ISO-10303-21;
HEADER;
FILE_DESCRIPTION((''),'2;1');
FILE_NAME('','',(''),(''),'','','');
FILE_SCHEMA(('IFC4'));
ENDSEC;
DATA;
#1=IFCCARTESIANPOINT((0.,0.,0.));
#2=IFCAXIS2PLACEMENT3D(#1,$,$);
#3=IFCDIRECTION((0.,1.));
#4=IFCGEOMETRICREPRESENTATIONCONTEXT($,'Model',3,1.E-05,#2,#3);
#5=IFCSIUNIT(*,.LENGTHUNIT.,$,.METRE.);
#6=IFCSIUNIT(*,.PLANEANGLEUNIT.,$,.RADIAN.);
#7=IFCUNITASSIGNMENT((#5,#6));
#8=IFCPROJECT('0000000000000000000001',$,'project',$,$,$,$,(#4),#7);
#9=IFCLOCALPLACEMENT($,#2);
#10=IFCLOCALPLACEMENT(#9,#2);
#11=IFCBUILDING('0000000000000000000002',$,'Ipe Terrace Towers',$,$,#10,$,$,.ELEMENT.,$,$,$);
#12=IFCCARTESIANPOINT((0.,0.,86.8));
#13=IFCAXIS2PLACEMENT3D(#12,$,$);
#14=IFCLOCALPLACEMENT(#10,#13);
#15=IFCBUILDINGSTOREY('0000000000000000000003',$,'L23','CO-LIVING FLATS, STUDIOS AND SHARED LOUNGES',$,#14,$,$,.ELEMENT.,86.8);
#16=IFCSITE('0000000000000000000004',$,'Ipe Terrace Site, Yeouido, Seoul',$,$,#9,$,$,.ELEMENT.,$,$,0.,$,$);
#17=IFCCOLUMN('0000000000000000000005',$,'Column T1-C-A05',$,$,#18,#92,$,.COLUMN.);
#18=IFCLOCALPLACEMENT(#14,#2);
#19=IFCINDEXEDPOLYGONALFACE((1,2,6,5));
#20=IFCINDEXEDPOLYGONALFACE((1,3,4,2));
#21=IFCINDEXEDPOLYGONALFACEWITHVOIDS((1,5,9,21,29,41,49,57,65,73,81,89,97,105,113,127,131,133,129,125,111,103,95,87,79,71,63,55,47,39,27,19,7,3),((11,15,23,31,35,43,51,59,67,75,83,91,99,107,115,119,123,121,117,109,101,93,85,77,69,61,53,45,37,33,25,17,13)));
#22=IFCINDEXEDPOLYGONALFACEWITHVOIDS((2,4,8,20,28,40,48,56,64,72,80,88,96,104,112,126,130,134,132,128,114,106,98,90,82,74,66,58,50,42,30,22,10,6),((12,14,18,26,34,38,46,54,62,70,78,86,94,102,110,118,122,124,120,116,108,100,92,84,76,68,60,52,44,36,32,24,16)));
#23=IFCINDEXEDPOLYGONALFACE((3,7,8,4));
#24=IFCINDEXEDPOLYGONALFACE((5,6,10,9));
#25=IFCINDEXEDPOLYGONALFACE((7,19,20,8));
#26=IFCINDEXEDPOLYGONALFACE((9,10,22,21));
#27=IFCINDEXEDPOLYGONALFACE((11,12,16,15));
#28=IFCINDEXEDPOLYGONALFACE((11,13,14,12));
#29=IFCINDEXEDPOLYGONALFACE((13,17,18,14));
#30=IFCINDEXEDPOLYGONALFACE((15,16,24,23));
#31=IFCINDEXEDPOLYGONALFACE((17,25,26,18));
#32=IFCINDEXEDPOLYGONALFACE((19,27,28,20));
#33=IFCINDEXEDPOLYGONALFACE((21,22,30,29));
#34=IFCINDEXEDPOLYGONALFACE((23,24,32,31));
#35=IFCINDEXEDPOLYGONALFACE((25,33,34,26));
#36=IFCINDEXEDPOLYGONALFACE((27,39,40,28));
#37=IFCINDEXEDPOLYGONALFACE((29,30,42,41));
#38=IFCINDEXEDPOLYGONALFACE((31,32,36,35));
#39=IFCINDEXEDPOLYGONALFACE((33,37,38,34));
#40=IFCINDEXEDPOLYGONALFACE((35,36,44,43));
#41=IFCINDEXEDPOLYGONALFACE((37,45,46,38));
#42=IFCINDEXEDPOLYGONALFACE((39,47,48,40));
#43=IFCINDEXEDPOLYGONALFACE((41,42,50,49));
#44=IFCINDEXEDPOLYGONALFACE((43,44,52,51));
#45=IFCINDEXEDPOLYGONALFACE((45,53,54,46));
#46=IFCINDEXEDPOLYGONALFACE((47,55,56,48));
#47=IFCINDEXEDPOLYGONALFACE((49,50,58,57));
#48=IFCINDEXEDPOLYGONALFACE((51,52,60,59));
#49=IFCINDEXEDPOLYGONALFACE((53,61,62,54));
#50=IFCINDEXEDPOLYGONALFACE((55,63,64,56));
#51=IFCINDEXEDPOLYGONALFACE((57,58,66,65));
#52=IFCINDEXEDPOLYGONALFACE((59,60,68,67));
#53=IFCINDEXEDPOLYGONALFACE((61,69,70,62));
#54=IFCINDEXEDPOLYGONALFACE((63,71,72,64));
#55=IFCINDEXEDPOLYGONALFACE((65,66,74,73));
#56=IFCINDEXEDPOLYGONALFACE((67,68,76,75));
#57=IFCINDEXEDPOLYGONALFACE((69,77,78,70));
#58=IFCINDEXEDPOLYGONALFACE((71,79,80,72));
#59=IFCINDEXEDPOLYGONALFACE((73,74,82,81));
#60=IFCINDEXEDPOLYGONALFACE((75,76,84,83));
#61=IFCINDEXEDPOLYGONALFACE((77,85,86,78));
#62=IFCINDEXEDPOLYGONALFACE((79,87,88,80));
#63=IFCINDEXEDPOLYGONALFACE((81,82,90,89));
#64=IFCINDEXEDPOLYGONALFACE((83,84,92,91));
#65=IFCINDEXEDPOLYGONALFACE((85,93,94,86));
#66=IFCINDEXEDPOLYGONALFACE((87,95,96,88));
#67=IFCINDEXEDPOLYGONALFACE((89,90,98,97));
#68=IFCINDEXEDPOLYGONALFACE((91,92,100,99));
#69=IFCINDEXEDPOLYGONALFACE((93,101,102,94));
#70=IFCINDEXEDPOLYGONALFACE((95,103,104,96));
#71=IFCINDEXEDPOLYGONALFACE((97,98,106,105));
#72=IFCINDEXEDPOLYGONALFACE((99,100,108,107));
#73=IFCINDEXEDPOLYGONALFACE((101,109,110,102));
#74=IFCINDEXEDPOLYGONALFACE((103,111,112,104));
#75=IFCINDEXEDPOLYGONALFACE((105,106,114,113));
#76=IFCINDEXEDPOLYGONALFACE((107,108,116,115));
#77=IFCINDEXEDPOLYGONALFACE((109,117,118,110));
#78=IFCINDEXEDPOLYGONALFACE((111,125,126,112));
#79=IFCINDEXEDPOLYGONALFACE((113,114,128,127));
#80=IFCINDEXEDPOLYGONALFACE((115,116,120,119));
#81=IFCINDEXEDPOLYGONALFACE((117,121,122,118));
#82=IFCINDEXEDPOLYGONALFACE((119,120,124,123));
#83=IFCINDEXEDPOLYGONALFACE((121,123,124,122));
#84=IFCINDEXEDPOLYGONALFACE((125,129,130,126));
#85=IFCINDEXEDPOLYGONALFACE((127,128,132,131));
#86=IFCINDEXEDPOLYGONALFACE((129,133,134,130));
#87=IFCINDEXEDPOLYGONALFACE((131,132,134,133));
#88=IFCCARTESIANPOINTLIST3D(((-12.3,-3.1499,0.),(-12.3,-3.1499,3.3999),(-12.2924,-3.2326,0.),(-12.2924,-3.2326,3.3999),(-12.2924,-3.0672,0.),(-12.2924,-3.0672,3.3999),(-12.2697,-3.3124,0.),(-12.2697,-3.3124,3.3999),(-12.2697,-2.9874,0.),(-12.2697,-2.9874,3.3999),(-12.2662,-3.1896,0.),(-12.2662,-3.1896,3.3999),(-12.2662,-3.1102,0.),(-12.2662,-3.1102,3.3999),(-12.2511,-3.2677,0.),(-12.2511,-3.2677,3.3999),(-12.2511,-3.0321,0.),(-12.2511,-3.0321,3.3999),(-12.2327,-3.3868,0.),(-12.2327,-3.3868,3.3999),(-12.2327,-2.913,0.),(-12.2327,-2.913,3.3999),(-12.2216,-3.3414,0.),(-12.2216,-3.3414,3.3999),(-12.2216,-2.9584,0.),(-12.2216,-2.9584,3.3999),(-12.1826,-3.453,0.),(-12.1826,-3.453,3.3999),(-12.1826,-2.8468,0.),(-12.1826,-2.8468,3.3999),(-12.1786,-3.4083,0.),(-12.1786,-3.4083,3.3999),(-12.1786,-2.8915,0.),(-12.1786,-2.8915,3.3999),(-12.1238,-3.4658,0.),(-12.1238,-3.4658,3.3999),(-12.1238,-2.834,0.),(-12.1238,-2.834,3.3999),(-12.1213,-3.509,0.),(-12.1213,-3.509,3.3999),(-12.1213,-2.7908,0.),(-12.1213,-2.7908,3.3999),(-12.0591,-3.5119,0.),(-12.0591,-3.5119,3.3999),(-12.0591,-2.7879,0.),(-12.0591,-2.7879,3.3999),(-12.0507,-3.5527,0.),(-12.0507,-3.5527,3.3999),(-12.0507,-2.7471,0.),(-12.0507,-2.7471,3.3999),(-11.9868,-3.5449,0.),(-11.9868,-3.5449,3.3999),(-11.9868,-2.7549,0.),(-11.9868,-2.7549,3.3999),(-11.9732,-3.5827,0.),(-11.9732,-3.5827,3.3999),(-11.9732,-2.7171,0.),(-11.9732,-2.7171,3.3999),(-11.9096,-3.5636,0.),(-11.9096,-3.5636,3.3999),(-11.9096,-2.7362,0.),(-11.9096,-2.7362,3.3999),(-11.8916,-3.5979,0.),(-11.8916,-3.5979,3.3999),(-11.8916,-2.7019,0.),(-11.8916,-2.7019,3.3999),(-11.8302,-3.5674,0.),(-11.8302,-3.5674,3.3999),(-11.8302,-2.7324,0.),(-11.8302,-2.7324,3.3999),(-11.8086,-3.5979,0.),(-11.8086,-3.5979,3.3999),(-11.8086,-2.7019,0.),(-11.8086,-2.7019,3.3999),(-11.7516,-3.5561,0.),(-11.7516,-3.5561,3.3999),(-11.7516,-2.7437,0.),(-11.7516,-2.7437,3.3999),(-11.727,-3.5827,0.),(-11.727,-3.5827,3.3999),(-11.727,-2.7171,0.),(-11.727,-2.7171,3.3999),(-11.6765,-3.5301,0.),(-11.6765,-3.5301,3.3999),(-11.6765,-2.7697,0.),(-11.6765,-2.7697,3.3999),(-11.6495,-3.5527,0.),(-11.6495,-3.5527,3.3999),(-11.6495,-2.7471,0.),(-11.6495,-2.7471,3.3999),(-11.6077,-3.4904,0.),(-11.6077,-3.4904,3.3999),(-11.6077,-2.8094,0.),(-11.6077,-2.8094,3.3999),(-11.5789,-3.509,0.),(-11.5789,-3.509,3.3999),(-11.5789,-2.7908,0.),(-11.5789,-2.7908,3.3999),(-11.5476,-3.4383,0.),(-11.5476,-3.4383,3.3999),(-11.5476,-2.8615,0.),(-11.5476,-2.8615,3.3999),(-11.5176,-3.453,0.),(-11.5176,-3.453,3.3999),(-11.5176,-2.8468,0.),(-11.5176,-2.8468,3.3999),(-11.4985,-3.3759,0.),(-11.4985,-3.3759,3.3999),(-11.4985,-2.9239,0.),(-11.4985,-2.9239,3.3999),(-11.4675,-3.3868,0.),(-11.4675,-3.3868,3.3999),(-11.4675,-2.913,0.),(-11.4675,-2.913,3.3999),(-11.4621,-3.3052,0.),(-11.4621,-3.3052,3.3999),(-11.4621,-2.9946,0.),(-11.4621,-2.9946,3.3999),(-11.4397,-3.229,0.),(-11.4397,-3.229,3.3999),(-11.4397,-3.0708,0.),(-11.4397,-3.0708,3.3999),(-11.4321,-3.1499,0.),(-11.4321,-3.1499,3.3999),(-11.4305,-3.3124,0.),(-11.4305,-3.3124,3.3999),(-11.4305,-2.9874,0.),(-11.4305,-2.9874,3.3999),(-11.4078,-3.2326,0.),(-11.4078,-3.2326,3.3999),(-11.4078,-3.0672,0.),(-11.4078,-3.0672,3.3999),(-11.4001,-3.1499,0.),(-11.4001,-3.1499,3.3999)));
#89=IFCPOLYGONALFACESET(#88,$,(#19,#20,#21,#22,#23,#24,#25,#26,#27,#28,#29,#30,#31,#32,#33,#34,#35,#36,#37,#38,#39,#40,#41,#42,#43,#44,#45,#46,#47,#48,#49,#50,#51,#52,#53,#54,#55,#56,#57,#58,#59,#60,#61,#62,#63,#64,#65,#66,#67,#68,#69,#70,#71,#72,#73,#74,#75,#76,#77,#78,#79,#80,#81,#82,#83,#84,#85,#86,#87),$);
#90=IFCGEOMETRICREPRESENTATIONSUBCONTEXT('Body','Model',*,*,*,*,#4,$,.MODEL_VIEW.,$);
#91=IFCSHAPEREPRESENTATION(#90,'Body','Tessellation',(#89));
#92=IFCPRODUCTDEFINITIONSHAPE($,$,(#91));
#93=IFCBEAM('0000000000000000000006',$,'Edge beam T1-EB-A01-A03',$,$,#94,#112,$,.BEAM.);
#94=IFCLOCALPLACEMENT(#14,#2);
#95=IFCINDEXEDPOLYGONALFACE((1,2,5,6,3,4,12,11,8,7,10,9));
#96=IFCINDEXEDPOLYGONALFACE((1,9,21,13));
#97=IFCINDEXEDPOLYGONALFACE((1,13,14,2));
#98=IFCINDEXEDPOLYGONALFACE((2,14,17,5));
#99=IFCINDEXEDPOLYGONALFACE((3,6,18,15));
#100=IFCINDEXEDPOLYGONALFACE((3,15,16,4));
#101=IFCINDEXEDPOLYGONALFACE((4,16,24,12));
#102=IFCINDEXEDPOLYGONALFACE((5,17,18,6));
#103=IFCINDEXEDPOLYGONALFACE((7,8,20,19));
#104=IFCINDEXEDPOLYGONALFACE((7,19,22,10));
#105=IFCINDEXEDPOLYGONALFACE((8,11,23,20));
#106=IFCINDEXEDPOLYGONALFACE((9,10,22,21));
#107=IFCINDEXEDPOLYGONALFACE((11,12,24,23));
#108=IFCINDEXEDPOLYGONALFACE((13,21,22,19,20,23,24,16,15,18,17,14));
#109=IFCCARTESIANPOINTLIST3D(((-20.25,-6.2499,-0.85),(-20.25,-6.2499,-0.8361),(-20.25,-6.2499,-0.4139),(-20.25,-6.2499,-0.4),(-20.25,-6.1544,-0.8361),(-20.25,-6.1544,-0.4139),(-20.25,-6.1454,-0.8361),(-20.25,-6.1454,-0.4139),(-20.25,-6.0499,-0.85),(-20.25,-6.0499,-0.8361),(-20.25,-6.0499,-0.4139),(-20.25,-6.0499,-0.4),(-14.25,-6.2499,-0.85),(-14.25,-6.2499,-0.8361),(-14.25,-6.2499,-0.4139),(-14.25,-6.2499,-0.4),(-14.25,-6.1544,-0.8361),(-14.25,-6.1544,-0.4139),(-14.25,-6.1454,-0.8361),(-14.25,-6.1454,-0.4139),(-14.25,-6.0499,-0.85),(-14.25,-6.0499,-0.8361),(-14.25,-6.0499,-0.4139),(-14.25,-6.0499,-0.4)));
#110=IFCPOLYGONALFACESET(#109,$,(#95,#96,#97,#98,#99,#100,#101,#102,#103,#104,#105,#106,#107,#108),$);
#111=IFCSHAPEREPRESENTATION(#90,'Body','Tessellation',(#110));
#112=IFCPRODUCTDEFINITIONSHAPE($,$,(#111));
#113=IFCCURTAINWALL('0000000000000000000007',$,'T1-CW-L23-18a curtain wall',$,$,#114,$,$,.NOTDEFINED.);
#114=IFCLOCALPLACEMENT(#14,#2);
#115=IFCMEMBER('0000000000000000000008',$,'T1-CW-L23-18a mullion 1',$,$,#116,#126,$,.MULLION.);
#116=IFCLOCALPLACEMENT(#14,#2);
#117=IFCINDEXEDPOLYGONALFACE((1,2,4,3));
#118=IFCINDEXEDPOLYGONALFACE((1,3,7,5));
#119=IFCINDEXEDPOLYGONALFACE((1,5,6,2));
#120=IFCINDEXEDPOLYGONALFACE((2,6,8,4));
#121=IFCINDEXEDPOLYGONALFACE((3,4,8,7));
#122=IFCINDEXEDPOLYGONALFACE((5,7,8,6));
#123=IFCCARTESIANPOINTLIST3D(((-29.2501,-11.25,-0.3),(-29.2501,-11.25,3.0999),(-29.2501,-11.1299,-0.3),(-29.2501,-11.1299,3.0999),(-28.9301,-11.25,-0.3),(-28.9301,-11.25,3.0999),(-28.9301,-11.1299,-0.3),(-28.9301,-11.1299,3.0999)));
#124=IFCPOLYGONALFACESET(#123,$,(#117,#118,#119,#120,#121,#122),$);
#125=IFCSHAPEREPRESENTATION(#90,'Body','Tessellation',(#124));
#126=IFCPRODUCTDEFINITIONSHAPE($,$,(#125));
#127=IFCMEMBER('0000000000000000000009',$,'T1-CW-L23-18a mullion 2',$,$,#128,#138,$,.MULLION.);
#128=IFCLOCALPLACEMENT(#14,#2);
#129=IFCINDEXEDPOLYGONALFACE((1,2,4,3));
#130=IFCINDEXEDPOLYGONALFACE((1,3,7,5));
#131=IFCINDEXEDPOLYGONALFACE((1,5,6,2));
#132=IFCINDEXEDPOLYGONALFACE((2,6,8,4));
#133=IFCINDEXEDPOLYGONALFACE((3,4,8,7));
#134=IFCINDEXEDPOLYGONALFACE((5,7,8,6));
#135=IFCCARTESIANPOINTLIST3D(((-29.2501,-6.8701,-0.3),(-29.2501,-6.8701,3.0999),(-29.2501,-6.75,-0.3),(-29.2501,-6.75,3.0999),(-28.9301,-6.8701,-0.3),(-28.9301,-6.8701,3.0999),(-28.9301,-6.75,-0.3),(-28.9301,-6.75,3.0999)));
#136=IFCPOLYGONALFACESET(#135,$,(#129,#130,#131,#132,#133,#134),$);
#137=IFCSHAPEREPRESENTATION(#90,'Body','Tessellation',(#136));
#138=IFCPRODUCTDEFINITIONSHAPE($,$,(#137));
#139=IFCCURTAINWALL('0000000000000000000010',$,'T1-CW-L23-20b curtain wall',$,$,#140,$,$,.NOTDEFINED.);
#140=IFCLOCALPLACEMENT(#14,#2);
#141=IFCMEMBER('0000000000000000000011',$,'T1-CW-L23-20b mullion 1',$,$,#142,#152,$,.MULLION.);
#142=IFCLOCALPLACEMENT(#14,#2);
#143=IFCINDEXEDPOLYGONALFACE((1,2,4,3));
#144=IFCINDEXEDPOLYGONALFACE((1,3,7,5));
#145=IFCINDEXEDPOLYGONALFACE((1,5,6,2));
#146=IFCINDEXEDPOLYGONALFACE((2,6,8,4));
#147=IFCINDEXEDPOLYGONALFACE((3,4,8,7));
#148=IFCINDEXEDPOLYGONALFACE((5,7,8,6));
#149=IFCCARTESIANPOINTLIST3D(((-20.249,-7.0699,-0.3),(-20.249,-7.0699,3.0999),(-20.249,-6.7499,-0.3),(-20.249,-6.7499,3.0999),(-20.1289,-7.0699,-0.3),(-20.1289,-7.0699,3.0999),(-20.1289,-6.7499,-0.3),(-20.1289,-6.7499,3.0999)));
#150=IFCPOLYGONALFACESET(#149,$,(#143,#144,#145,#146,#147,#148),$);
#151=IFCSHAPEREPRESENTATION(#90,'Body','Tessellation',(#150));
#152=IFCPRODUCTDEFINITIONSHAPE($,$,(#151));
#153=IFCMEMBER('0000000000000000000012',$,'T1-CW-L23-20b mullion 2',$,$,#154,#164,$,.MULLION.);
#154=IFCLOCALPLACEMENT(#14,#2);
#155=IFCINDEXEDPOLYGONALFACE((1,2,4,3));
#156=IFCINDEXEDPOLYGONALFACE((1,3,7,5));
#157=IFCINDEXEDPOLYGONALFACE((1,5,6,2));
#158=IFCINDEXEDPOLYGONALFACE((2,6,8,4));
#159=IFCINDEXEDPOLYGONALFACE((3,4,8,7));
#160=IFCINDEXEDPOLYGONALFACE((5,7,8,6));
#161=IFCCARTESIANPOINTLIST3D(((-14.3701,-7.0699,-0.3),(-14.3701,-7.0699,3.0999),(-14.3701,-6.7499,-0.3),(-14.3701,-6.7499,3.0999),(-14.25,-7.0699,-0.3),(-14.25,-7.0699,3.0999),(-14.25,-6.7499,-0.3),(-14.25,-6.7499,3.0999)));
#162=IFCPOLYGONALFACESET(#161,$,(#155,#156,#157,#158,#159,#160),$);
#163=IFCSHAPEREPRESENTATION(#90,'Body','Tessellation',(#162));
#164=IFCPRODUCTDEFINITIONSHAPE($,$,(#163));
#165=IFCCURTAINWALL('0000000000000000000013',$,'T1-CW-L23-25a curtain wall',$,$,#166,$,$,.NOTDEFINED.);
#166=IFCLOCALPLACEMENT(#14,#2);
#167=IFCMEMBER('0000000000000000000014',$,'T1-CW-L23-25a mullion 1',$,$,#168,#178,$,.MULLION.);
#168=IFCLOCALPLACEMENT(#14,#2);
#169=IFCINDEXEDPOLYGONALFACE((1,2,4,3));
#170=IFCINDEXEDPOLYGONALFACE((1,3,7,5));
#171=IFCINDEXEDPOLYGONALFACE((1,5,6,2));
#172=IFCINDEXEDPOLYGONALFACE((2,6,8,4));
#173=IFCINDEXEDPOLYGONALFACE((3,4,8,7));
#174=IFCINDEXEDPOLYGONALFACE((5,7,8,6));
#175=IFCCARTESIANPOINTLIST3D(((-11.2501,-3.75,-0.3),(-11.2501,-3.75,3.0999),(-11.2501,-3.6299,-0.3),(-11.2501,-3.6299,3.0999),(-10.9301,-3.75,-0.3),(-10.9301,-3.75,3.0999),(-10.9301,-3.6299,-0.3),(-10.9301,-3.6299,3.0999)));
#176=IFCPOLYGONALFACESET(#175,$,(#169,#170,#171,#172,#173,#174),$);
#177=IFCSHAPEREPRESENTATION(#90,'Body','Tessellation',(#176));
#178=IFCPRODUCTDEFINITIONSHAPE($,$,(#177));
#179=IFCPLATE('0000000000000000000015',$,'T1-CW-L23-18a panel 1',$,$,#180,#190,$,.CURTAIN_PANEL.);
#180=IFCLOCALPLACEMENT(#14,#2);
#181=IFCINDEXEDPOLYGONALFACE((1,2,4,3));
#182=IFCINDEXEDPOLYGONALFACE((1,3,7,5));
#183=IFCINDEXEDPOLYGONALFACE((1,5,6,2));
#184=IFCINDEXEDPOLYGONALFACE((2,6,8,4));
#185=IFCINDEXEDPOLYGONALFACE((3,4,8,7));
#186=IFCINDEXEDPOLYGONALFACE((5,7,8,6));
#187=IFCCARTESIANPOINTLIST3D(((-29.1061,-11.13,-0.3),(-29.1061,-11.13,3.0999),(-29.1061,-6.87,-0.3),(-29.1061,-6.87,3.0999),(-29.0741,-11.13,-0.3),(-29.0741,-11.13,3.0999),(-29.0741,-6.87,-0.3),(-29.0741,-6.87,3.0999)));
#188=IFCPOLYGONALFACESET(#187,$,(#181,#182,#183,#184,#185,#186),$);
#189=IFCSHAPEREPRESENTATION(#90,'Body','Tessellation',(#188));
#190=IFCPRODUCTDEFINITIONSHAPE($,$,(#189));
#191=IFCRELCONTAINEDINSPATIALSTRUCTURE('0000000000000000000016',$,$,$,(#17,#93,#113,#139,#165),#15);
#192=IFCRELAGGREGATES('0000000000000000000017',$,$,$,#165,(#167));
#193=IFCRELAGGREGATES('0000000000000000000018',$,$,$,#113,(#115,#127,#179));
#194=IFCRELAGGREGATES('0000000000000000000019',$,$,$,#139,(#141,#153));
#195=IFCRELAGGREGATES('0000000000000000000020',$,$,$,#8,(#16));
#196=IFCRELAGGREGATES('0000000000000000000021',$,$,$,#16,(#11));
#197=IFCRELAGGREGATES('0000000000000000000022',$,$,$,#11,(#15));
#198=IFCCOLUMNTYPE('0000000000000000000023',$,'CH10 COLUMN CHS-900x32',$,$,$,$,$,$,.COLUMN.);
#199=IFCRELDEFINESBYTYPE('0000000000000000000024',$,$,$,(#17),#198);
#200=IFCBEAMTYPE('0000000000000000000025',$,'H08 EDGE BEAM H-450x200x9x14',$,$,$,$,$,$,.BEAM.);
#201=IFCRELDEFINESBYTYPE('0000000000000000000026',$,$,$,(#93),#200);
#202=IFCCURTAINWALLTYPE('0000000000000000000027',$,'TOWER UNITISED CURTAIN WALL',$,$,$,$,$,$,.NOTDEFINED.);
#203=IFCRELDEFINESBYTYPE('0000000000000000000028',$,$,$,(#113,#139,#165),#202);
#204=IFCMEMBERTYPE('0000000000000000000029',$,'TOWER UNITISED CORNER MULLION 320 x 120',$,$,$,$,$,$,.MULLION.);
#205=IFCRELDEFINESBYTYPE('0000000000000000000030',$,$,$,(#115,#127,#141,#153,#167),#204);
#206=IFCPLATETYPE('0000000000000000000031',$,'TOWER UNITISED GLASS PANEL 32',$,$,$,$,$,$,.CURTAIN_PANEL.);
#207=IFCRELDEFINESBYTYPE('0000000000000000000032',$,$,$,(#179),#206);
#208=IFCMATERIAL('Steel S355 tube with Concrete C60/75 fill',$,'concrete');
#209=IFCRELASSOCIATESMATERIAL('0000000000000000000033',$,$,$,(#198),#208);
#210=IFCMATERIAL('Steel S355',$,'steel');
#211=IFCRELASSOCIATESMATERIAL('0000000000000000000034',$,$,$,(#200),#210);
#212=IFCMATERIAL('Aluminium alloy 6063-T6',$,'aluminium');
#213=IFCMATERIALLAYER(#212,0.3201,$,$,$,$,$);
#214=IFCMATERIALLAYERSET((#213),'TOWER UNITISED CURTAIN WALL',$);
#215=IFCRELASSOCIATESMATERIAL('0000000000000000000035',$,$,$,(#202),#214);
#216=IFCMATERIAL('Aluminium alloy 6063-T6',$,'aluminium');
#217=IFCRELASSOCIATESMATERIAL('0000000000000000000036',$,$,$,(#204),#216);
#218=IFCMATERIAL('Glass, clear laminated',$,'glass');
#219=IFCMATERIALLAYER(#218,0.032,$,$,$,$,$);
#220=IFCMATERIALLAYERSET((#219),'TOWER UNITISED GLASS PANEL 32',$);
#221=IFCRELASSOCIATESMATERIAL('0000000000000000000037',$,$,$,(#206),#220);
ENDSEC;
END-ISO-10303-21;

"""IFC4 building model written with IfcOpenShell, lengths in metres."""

from ifc_helpers import new_model, si_unit, direction, frame, origin, origin_2d, place, context, subcontext, project, spatial, rectangle, hollow_circle, i_section, extrude, material, layer, layer_set, material_profile, profile_set, type_object, element, aggregate, save


model = new_model("IFC4")

# Units and contexts
model_context = context("Model", 3, precision=1e-05, world=origin(), true_north=direction((0.0, 1.0)))
body_context = subcontext(model_context, "Body", "Model", "MODEL_VIEW")
ifc_project = project(units=[si_unit("LENGTHUNIT", "METRE"), si_unit("PLANEANGLEUNIT", "RADIAN")], contexts=[model_context])

# Site, building, storey
site_placement = place(None, origin())
site = spatial("IfcSite", under=ifc_project, at=site_placement, Name="Ipe Terrace Site, Yeouido, Seoul", CompositionType="ELEMENT", RefElevation=0.0)
building_placement = place(site_placement, origin())
building = spatial("IfcBuilding", under=site, at=building_placement, Name="Ipe Terrace Towers", CompositionType="ELEMENT")
storey_placement = place(building_placement, frame((0.0, 0.0, 86.8)))
storey = spatial("IfcBuildingStorey", under=building, at=storey_placement, Name="L23", Description="CO-LIVING FLATS, STUDIOS AND SHARED LOUNGES", CompositionType="ELEMENT", Elevation=86.8)

# Column
ifc_material_1 = material(Name="Steel S355 tube with Concrete C60/75 fill", Category="concrete")
ifc_material_profile_1 = material_profile(ifc_material_1, hollow_circle(Radius=0.45, WallThickness=0.032, at=origin_2d()), Name="CHS-900x32")
ifc_profile_set_1 = profile_set([ifc_material_profile_1], Name="Steel S355 tube with Concrete C60/75 fill")
column_type = type_object("IfcColumnType", Name="CH10 COLUMN CHS-900x32", PredefinedType="COLUMN", material=ifc_profile_set_1)
for number, where, z_axis, x_axis, name in (
    (1, (-11.8501, -3.1499, 0.0), (0.0, 0.0, 1.0), (1.0, 0.0, 0.0), "Column T1-C-A05"),
):
    element("IfcColumn", number, at=place(storey_placement, frame(where, z_axis=z_axis, x_axis=x_axis)), inside=storey, type_object=column_type, Name=name, PredefinedType="COLUMN", context=body_context, shape_type="SweptSolid", body=[
        extrude(hollow_circle(Radius=0.45, WallThickness=0.032, at=origin_2d()), origin(), (0.0, 0.0, 1.0), 3.3999),
    ])

# Beam
ifc_material_2 = material(Name="Steel S355", Category="steel")
ifc_material_profile_2 = material_profile(ifc_material_2, i_section(OverallWidth=0.2, OverallDepth=0.45, WebThickness=0.009, FlangeThickness=0.0139, at=origin_2d()), Name="H-450x200x9x14")
ifc_profile_set_2 = profile_set([ifc_material_profile_2], Name="Steel S355")
beam_type = type_object("IfcBeamType", Name="H08 EDGE BEAM H-450x200x9x14", PredefinedType="BEAM", material=ifc_profile_set_2)
beam_placement = place(storey_placement, frame((-20.25, -6.1499, -0.625), z_axis=(1.0, 0.0, 0.0), x_axis=(0.0, 1.0, 0.0)))
element("IfcBeam", 2, at=beam_placement, inside=storey, type_object=beam_type, Name="Edge beam T1-EB-A01-A03", PredefinedType="BEAM", context=body_context, shape_type="SweptSolid", body=[
    extrude(i_section(OverallWidth=0.2, OverallDepth=0.45, WebThickness=0.009, FlangeThickness=0.0139, at=origin_2d()), origin(), (0.0, 0.0, 1.0), 6.0),
])

# Curtain walls, members
ifc_material_3 = material(Name="Aluminium alloy 6063-T6", Category="aluminium")
ifc_layer_1 = layer(ifc_material_3, 0.3201)
ifc_layer_set_1 = layer_set([ifc_layer_1], Name="TOWER UNITISED CURTAIN WALL")
curtain_wall_type = type_object("IfcCurtainWallType", Name="TOWER UNITISED CURTAIN WALL", PredefinedType="NOTDEFINED", material=ifc_layer_set_1)
curtain_wall_1_placement = place(storey_placement, origin())
curtain_wall_1 = element("IfcCurtainWall", 3, at=curtain_wall_1_placement, inside=storey, type_object=curtain_wall_type, Name="T1-CW-L23-18a curtain wall", PredefinedType="NOTDEFINED")
ifc_material_4 = material(Name="Aluminium alloy 6063-T6", Category="aluminium")
ifc_material_profile_3 = material_profile(ifc_material_4, rectangle(XDim=0.3201, YDim=0.1201, at=origin_2d()), Name="TOWER UNITISED CORNER MULLION 320 x 120")
ifc_profile_set_3 = profile_set([ifc_material_profile_3], Name="Aluminium alloy 6063-T6")
member_type = type_object("IfcMemberType", Name="TOWER UNITISED CORNER MULLION 320 x 120", PredefinedType="MULLION", material=ifc_profile_set_3)
member_1_placement = place(storey_placement, frame((-29.0901, -11.1899, -0.3), z_axis=(0.0, 0.0, 1.0), x_axis=(1.0, 0.0, 0.0)))
member_1 = element("IfcMember", 4, at=member_1_placement, type_object=member_type, Name="T1-CW-L23-18a mullion 1", PredefinedType="MULLION", context=body_context, shape_type="SweptSolid", body=[
    extrude(rectangle(XDim=0.3201, YDim=0.1201, at=origin_2d()), origin(), (0.0, 0.0, 1.0), 3.3999),
])
member_2_placement = place(storey_placement, frame((-29.0901, -6.8101, -0.3), z_axis=(0.0, 0.0, 1.0), x_axis=(1.0, 0.0, 0.0)))
member_2 = element("IfcMember", 5, at=member_2_placement, type_object=member_type, Name="T1-CW-L23-18a mullion 2", PredefinedType="MULLION", context=body_context, shape_type="SweptSolid", body=[
    extrude(rectangle(XDim=0.3201, YDim=0.1201, at=origin_2d()), origin(), (0.0, 0.0, 1.0), 3.3999),
])
curtain_wall_2_placement = place(storey_placement, origin())
curtain_wall_2 = element("IfcCurtainWall", 6, at=curtain_wall_2_placement, inside=storey, type_object=curtain_wall_type, Name="T1-CW-L23-20b curtain wall", PredefinedType="NOTDEFINED")
member_3_placement = place(storey_placement, frame((-20.189, -6.9099, -0.3), z_axis=(0.0, 0.0, 1.0), x_axis=(0.0, -1.0, 0.0)))
member_3 = element("IfcMember", 7, at=member_3_placement, type_object=member_type, Name="T1-CW-L23-20b mullion 1", PredefinedType="MULLION", context=body_context, shape_type="SweptSolid", body=[
    extrude(rectangle(XDim=0.3201, YDim=0.1201, at=origin_2d()), origin(), (0.0, 0.0, 1.0), 3.3999),
])
member_4_placement = place(storey_placement, frame((-14.3101, -6.9099, -0.3), z_axis=(0.0, 0.0, 1.0), x_axis=(0.0, -1.0, 0.0)))
member_4 = element("IfcMember", 8, at=member_4_placement, type_object=member_type, Name="T1-CW-L23-20b mullion 2", PredefinedType="MULLION", context=body_context, shape_type="SweptSolid", body=[
    extrude(rectangle(XDim=0.3201, YDim=0.1201, at=origin_2d()), origin(), (0.0, 0.0, 1.0), 3.3999),
])

# Curtain wall, member
curtain_wall_3_placement = place(storey_placement, origin())
curtain_wall_3 = element("IfcCurtainWall", 9, at=curtain_wall_3_placement, inside=storey, type_object=curtain_wall_type, Name="T1-CW-L23-25a curtain wall", PredefinedType="NOTDEFINED")
member_5_placement = place(storey_placement, frame((-11.0901, -3.6899, -0.3), z_axis=(0.0, 0.0, 1.0), x_axis=(1.0, 0.0, 0.0)))
member_5 = element("IfcMember", 10, at=member_5_placement, type_object=member_type, Name="T1-CW-L23-25a mullion 1", PredefinedType="MULLION", context=body_context, shape_type="SweptSolid", body=[
    extrude(rectangle(XDim=0.3201, YDim=0.1201, at=origin_2d()), origin(), (0.0, 0.0, 1.0), 3.3999),
])
aggregate(curtain_wall_3, [member_5])

# Plate
ifc_material_5 = material(Name="Glass, clear laminated", Category="glass")
ifc_layer_2 = layer(ifc_material_5, 0.032)
ifc_layer_set_2 = layer_set([ifc_layer_2], Name="TOWER UNITISED GLASS PANEL 32")
plate_type = type_object("IfcPlateType", Name="TOWER UNITISED GLASS PANEL 32", PredefinedType="CURTAIN_PANEL", material=ifc_layer_set_2)
plate_1_placement = place(storey_placement, frame((-29.0901, -9.0, -0.3), z_axis=(0.0, 0.0, 1.0), x_axis=(0.0, 1.0, 0.0)))
plate_1 = element("IfcPlate", 11, at=plate_1_placement, type_object=plate_type, Name="T1-CW-L23-18a panel 1", PredefinedType="CURTAIN_PANEL", context=body_context, shape_type="SweptSolid", body=[
    extrude(rectangle(XDim=4.26, YDim=0.032, at=origin_2d()), origin(), (0.0, 0.0, 1.0), 3.3999),
])
aggregate(curtain_wall_1, [member_1, member_2, plate_1])
aggregate(curtain_wall_2, [member_3, member_4])

save(model, "model.ifc")
